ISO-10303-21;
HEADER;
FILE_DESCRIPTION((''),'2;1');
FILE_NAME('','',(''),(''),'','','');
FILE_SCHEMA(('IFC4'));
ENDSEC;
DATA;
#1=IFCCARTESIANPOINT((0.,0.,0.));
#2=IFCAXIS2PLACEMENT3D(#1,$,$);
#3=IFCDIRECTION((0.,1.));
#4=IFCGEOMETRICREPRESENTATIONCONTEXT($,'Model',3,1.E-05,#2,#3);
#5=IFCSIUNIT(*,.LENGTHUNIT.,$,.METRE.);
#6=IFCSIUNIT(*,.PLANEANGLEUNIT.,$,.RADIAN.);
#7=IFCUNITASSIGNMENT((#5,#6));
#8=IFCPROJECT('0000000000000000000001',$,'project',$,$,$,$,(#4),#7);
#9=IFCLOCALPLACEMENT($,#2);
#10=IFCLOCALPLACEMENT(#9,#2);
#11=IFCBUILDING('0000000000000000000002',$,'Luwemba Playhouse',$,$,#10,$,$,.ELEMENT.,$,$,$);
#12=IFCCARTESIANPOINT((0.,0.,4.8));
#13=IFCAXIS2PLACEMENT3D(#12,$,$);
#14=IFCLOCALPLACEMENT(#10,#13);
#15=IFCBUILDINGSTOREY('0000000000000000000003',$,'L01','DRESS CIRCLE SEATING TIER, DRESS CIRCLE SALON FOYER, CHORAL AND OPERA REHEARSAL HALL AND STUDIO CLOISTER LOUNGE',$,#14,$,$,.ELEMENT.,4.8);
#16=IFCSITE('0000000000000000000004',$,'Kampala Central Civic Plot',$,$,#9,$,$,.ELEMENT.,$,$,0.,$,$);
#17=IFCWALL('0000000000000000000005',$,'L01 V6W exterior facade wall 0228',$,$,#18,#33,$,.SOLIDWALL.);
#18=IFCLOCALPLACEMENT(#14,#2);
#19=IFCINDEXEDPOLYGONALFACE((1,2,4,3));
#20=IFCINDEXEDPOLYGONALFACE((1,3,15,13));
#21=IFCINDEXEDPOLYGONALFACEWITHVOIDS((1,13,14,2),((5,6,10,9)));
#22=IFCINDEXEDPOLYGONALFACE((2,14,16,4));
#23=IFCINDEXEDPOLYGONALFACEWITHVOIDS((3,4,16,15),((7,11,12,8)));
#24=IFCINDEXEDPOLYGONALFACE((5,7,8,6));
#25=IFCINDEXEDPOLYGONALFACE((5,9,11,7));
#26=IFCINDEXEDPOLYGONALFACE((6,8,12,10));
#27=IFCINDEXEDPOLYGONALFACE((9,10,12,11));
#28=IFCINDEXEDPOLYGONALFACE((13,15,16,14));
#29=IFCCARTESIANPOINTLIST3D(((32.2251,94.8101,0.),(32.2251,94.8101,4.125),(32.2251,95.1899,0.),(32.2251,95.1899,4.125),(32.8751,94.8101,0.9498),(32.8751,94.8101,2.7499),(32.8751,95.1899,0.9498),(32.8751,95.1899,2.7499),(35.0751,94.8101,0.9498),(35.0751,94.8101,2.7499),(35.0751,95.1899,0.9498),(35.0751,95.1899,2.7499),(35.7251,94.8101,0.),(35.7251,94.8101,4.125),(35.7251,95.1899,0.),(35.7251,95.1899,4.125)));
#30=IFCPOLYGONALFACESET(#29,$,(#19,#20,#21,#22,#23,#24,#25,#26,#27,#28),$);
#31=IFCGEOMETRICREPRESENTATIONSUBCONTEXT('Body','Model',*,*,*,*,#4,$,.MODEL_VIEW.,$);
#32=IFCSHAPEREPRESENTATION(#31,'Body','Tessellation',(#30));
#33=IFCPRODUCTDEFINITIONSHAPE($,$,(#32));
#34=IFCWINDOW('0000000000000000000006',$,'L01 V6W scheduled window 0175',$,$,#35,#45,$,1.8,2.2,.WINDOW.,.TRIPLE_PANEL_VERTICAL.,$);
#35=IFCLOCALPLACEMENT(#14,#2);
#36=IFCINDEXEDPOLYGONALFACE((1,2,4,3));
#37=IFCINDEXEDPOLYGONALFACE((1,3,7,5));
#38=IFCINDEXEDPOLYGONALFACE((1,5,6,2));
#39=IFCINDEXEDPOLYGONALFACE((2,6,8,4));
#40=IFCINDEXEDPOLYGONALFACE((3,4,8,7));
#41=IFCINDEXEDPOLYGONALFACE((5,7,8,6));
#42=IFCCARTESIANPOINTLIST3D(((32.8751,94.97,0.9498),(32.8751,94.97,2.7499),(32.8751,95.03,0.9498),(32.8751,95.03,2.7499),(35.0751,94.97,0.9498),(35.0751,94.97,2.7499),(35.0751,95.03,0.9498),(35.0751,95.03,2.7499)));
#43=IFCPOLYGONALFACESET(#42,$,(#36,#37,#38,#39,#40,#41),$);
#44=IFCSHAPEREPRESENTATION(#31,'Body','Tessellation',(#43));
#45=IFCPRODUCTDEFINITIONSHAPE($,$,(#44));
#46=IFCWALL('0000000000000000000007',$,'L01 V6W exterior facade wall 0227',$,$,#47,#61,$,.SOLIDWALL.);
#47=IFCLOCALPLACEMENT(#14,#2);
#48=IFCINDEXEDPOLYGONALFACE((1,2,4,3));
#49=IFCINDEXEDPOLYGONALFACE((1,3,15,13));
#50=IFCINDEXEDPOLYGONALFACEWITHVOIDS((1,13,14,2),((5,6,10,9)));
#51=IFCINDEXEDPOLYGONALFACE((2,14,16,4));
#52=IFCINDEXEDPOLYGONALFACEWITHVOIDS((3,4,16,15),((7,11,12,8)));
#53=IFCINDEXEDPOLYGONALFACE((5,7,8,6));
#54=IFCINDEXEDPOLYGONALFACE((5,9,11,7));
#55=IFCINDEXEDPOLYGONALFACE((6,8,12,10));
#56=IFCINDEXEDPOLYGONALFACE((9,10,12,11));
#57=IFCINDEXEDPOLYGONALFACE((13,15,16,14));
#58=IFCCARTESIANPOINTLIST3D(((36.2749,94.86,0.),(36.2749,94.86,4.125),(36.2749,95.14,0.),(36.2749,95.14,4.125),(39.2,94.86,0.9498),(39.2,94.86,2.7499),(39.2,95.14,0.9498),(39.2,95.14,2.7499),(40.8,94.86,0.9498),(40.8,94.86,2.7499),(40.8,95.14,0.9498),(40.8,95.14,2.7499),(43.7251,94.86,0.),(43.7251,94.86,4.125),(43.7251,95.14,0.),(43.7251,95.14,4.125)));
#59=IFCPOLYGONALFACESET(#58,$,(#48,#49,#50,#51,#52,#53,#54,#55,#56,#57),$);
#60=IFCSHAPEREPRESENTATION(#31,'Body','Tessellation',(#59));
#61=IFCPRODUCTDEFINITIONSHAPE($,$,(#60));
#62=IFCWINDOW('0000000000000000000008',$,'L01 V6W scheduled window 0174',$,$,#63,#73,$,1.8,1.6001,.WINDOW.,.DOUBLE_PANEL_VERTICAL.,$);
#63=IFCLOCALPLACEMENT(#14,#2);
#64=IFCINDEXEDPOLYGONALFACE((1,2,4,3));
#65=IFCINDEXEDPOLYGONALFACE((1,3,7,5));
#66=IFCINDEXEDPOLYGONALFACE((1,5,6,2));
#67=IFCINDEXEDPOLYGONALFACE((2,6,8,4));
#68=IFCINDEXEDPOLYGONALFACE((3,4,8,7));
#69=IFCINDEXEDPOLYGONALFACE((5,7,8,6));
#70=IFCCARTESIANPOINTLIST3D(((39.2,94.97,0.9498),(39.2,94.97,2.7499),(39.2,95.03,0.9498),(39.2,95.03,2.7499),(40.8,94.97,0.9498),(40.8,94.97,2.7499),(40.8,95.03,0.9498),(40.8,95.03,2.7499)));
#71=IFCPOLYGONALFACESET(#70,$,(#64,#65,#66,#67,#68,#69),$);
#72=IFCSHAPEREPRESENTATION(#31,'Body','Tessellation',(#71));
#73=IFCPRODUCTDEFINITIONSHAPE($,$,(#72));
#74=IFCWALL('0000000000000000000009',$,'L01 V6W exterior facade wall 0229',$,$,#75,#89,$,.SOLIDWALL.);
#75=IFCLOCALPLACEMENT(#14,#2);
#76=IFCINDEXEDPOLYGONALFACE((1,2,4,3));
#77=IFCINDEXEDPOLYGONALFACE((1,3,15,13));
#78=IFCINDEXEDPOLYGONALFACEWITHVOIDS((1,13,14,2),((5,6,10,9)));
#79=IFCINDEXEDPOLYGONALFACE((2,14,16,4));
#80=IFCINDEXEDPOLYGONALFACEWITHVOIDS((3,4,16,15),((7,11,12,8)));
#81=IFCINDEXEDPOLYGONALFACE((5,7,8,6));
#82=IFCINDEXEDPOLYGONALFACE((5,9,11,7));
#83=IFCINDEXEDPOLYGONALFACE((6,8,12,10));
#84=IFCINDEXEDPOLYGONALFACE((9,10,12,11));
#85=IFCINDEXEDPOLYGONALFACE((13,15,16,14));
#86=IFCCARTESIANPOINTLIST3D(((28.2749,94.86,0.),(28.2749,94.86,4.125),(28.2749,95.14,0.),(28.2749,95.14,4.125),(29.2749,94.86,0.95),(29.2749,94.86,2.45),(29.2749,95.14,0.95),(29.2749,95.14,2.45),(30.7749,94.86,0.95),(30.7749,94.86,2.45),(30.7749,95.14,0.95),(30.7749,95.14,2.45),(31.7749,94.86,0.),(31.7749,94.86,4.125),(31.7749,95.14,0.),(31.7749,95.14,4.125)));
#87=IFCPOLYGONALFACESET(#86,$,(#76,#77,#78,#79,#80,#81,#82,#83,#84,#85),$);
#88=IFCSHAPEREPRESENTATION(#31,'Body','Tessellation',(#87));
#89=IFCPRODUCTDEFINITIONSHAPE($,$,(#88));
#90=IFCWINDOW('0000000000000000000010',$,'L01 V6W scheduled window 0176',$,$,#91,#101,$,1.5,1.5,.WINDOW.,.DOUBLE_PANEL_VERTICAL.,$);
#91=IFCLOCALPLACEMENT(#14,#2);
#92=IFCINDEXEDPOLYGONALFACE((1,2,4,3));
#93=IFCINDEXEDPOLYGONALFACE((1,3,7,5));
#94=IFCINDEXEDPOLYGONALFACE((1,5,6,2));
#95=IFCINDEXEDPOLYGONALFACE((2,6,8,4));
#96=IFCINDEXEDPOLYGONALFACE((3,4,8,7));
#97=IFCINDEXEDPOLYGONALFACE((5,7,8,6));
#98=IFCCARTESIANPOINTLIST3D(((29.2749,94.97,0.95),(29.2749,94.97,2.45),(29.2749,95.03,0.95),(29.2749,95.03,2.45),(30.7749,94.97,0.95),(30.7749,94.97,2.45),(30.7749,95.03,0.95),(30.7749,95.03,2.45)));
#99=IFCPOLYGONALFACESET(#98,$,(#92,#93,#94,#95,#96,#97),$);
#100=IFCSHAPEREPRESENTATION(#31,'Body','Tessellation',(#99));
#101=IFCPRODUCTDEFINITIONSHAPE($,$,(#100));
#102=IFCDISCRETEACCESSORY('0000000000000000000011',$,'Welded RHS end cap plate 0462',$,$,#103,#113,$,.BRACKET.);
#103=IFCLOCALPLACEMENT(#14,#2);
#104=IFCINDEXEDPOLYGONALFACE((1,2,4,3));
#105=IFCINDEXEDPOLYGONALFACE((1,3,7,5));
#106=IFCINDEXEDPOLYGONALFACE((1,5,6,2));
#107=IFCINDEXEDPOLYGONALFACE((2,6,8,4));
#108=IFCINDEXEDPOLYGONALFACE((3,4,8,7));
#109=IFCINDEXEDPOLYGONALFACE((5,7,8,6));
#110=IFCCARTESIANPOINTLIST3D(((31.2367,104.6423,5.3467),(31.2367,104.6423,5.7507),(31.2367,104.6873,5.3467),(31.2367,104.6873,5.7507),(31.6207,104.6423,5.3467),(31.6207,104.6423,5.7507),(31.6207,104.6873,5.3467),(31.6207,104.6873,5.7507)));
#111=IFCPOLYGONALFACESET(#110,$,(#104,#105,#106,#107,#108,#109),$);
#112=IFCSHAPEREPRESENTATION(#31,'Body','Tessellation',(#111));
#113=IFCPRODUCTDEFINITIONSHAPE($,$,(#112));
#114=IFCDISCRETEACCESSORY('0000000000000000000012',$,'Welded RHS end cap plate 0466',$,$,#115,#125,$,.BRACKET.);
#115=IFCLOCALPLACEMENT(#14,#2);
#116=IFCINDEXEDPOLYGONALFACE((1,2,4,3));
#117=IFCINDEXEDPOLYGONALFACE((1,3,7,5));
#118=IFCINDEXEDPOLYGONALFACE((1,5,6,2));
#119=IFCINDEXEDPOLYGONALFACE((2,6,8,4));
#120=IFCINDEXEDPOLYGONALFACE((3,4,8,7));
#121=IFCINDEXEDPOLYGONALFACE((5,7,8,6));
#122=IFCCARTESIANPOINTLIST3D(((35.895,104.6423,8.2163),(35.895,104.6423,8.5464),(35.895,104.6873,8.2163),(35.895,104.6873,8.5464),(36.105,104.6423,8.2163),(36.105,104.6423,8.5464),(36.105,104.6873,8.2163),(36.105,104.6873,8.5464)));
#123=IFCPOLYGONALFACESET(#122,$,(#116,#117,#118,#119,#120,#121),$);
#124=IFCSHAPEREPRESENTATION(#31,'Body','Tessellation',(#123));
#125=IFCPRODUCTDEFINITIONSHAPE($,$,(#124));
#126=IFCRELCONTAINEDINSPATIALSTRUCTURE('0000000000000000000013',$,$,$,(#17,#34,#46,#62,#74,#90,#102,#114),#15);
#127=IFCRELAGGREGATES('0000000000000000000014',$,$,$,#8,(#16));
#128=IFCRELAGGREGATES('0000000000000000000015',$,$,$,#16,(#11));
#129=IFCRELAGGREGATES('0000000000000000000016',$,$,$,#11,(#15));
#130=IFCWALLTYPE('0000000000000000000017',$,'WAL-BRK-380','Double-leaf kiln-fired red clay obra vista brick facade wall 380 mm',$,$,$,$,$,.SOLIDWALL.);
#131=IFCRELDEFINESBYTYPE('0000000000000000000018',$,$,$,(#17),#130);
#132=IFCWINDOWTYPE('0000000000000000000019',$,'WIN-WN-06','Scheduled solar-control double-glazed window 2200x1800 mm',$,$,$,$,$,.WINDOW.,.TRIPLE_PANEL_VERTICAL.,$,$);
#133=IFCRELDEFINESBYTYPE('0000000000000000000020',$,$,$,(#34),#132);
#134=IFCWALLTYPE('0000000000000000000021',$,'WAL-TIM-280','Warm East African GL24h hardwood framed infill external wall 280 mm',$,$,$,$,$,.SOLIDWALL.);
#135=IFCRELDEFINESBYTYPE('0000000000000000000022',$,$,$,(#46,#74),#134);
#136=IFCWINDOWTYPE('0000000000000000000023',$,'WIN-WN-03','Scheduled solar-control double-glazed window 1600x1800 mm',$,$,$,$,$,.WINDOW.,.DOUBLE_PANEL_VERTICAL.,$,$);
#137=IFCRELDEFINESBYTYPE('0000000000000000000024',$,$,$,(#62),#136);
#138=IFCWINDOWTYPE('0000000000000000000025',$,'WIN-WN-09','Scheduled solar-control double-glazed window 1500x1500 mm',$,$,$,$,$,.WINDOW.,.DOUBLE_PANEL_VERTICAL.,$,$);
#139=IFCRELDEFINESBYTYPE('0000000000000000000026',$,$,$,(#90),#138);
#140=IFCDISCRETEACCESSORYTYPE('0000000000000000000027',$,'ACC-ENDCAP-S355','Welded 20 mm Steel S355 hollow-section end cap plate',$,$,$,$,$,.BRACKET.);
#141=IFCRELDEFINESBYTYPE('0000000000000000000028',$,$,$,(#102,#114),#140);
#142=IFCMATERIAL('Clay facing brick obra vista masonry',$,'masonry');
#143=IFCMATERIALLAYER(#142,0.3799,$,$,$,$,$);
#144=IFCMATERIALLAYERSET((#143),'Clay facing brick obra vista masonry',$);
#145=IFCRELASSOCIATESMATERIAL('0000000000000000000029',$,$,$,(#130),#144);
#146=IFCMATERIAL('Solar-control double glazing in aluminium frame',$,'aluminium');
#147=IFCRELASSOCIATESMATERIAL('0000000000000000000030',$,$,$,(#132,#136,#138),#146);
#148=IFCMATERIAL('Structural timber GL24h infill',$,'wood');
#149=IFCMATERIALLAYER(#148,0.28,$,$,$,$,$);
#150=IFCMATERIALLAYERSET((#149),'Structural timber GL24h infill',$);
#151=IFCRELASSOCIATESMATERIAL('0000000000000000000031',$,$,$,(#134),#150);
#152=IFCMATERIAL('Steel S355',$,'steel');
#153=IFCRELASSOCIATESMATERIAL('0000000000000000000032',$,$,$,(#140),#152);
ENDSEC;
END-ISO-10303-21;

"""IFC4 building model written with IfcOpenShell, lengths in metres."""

from ifc_helpers import new_model, si_unit, direction, frame, frame_2d, origin, origin_2d, place, context, subcontext, project, spatial, rectangle, extrude, material, layer, layer_set, type_object, element, fill, save


model = new_model("IFC4")

# Units and contexts
model_context = context("Model", 3, precision=1e-05, world=origin(), true_north=direction((0.0, 1.0)))
body_context = subcontext(model_context, "Body", "Model", "MODEL_VIEW")
ifc_project = project(units=[si_unit("LENGTHUNIT", "METRE"), si_unit("PLANEANGLEUNIT", "RADIAN")], contexts=[model_context])

# Site, building, storey
site_placement = place(None, origin())
site = spatial("IfcSite", under=ifc_project, at=site_placement, Name="Kampala Central Civic Plot", CompositionType="ELEMENT", RefElevation=0.0)
building_placement = place(site_placement, origin())
building = spatial("IfcBuilding", under=site, at=building_placement, Name="Luwemba Playhouse", CompositionType="ELEMENT")
storey_placement = place(building_placement, frame((0.0, 0.0, 4.8)))
storey = spatial("IfcBuildingStorey", under=building, at=storey_placement, Name="L01", Description="DRESS CIRCLE SEATING TIER, DRESS CIRCLE SALON FOYER, CHORAL AND OPERA REHEARSAL HALL AND STUDIO CLOISTER LOUNGE", CompositionType="ELEMENT", Elevation=4.8)

# Shared definitions
ifc_material_1 = material(Name="Steel S355", Category="steel")

# Walls, openings, windows
ifc_material_2 = material(Name="Clay facing brick obra vista masonry", Category="masonry")
ifc_layer_1 = layer(ifc_material_2, 0.3799)
ifc_layer_set_1 = layer_set([ifc_layer_1], Name="Clay facing brick obra vista masonry")
wall_type_1 = type_object("IfcWallType", Name="WAL-BRK-380", Description="Double-leaf kiln-fired red clay obra vista brick facade wall 380 mm", PredefinedType="SOLIDWALL", material=ifc_layer_set_1)
wall_1_placement = place(storey_placement, frame((35.7251, 95.0, 0.0), z_axis=(0.0, 0.0, 1.0), x_axis=(-1.0, 0.0, 0.0)))
wall_1 = element("IfcWall", 1, at=wall_1_placement, inside=storey, type_object=wall_type_1, Name="L01 V6W exterior facade wall 0228", PredefinedType="SOLIDWALL", context=body_context, shape_type="SweptSolid", body=[
    extrude(rectangle(XDim=3.5, YDim=0.3799, at=frame_2d((1.75, 0.0))), origin(), (0.0, 0.0, 1.0), 4.125),
])
opening_1_placement = place(wall_1_placement, frame((0.6499, 0.0, 0.95)))
opening_1 = element("IfcOpeningElement", 2, at=opening_1_placement, cuts=wall_1, PredefinedType="OPENING", context=body_context, shape_type="SweptSolid", body=[
    extrude(rectangle(XDim=2.2, YDim=1.8, at=frame_2d((1.1001, 0.8999))), frame((0.0, 0.2, 0.0), z_axis=(0.0, -1.0, 0.0), x_axis=(1.0, 0.0, 0.0)), (0.0, 0.0, 1.0), 0.3999),
])
ifc_material_3 = material(Name="Solar-control double glazing in aluminium frame", Category="aluminium")
window_type_1 = type_object("IfcWindowType", Name="WIN-WN-06", Description="Scheduled solar-control double-glazed window 2200x1800 mm", PartitioningType="TRIPLE_PANEL_VERTICAL", PredefinedType="WINDOW", material=ifc_material_3)
window_1_placement = place(opening_1_placement, origin())
window_1 = element("IfcWindow", 3, at=window_1_placement, inside=storey, type_object=window_type_1, Name="L01 V6W scheduled window 0175", OverallHeight=1.8, OverallWidth=2.2, PartitioningType="TRIPLE_PANEL_VERTICAL", PredefinedType="WINDOW", context=body_context, shape_type="SweptSolid", body=[
    extrude(rectangle(XDim=2.2, YDim=1.8, at=frame_2d((1.1001, 0.8999))), frame((0.0, 0.03, 0.0), z_axis=(0.0, -1.0, 0.0), x_axis=(1.0, 0.0, 0.0)), (0.0, 0.0, 1.0), 0.0601),
])
fill(opening_1, window_1)
ifc_material_4 = material(Name="Structural timber GL24h infill", Category="wood")
ifc_layer_2 = layer(ifc_material_4, 0.28)
ifc_layer_set_2 = layer_set([ifc_layer_2], Name="Structural timber GL24h infill")
wall_type_2 = type_object("IfcWallType", Name="WAL-TIM-280", Description="Warm East African GL24h hardwood framed infill external wall 280 mm", PredefinedType="SOLIDWALL", material=ifc_layer_set_2)
wall_2_placement = place(storey_placement, frame((43.7251, 95.0, 0.0), z_axis=(0.0, 0.0, 1.0), x_axis=(-1.0, 0.0, 0.0)))
wall_2 = element("IfcWall", 4, at=wall_2_placement, inside=storey, type_object=wall_type_2, Name="L01 V6W exterior facade wall 0227", PredefinedType="SOLIDWALL", context=body_context, shape_type="SweptSolid", body=[
    extrude(rectangle(XDim=7.4502, YDim=0.28, at=frame_2d((3.7251, 0.0))), origin(), (0.0, 0.0, 1.0), 4.125),
])
opening_2_placement = place(wall_2_placement, frame((2.925, 0.0, 0.95)))
opening_2 = element("IfcOpeningElement", 5, at=opening_2_placement, cuts=wall_2, PredefinedType="OPENING", context=body_context, shape_type="SweptSolid", body=[
    extrude(rectangle(XDim=1.6001, YDim=1.8, at=frame_2d((0.8, 0.8999))), frame((0.0, 0.1499, 0.0), z_axis=(0.0, -1.0, 0.0), x_axis=(1.0, 0.0, 0.0)), (0.0, 0.0, 1.0), 0.3),
])
window_type_2 = type_object("IfcWindowType", Name="WIN-WN-03", Description="Scheduled solar-control double-glazed window 1600x1800 mm", PartitioningType="DOUBLE_PANEL_VERTICAL", PredefinedType="WINDOW", material=ifc_material_3)
window_2_placement = place(opening_2_placement, origin())
window_2 = element("IfcWindow", 6, at=window_2_placement, inside=storey, type_object=window_type_2, Name="L01 V6W scheduled window 0174", OverallHeight=1.8, OverallWidth=1.6001, PartitioningType="DOUBLE_PANEL_VERTICAL", PredefinedType="WINDOW", context=body_context, shape_type="SweptSolid", body=[
    extrude(rectangle(XDim=1.6001, YDim=1.8, at=frame_2d((0.8, 0.8999))), frame((0.0, 0.03, 0.0), z_axis=(0.0, -1.0, 0.0), x_axis=(1.0, 0.0, 0.0)), (0.0, 0.0, 1.0), 0.0601),
])
fill(opening_2, window_2)
wall_3_placement = place(storey_placement, frame((31.7749, 95.0, 0.0), z_axis=(0.0, 0.0, 1.0), x_axis=(-1.0, 0.0, 0.0)))
wall_3 = element("IfcWall", 7, at=wall_3_placement, inside=storey, type_object=wall_type_2, Name="L01 V6W exterior facade wall 0229", PredefinedType="SOLIDWALL", context=body_context, shape_type="SweptSolid", body=[
    extrude(rectangle(XDim=3.5, YDim=0.28, at=frame_2d((1.75, 0.0))), origin(), (0.0, 0.0, 1.0), 4.125),
])
opening_3_placement = place(wall_3_placement, frame((1.0, 0.0, 0.95)))
opening_3 = element("IfcOpeningElement", 8, at=opening_3_placement, cuts=wall_3, PredefinedType="OPENING", context=body_context, shape_type="SweptSolid", body=[
    extrude(rectangle(XDim=1.5, YDim=1.5, at=frame_2d((0.75, 0.75))), frame((0.0, 0.1499, 0.0), z_axis=(0.0, -1.0, 0.0), x_axis=(1.0, 0.0, 0.0)), (0.0, 0.0, 1.0), 0.3),
])
window_type_3 = type_object("IfcWindowType", Name="WIN-WN-09", Description="Scheduled solar-control double-glazed window 1500x1500 mm", PartitioningType="DOUBLE_PANEL_VERTICAL", PredefinedType="WINDOW", material=ifc_material_3)
window_3_placement = place(opening_3_placement, origin())
window_3 = element("IfcWindow", 9, at=window_3_placement, inside=storey, type_object=window_type_3, Name="L01 V6W scheduled window 0176", OverallHeight=1.5, OverallWidth=1.5, PartitioningType="DOUBLE_PANEL_VERTICAL", PredefinedType="WINDOW", context=body_context, shape_type="SweptSolid", body=[
    extrude(rectangle(XDim=1.5, YDim=1.5, at=frame_2d((0.75, 0.75))), frame((0.0, 0.03, 0.0), z_axis=(0.0, -1.0, 0.0), x_axis=(1.0, 0.0, 0.0)), (0.0, 0.0, 1.0), 0.0601),
])
fill(opening_3, window_3)

# Discrete accessories
discrete_accessory_type = type_object("IfcDiscreteAccessoryType", Name="ACC-ENDCAP-S355", Description="Welded 20 mm Steel S355 hollow-section end cap plate", PredefinedType="BRACKET", material=ifc_material_1)
discrete_accessory_1_placement = place(storey_placement, frame((31.4287, 104.6648, 5.3467), z_axis=(0.0, 0.0, 1.0), x_axis=(1.0, 0.0, 0.0)))
element("IfcDiscreteAccessory", 10, at=discrete_accessory_1_placement, inside=storey, type_object=discrete_accessory_type, Name="Welded RHS end cap plate 0462", PredefinedType="BRACKET", context=body_context, shape_type="SweptSolid", body=[
    extrude(rectangle(XDim=0.384, YDim=0.0449, at=origin_2d()), origin(), (0.0, 0.0, 1.0), 0.4041),
])
discrete_accessory_2_placement = place(storey_placement, frame((36.0, 104.6648, 8.2163), z_axis=(0.0, 0.0, 1.0), x_axis=(1.0, 0.0, 0.0)))
element("IfcDiscreteAccessory", 11, at=discrete_accessory_2_placement, inside=storey, type_object=discrete_accessory_type, Name="Welded RHS end cap plate 0466", PredefinedType="BRACKET", context=body_context, shape_type="SweptSolid", body=[
    extrude(rectangle(XDim=0.21, YDim=0.0449, at=origin_2d()), origin(), (0.0, 0.0, 1.0), 0.3301),
])

save(model, "model.ifc")
